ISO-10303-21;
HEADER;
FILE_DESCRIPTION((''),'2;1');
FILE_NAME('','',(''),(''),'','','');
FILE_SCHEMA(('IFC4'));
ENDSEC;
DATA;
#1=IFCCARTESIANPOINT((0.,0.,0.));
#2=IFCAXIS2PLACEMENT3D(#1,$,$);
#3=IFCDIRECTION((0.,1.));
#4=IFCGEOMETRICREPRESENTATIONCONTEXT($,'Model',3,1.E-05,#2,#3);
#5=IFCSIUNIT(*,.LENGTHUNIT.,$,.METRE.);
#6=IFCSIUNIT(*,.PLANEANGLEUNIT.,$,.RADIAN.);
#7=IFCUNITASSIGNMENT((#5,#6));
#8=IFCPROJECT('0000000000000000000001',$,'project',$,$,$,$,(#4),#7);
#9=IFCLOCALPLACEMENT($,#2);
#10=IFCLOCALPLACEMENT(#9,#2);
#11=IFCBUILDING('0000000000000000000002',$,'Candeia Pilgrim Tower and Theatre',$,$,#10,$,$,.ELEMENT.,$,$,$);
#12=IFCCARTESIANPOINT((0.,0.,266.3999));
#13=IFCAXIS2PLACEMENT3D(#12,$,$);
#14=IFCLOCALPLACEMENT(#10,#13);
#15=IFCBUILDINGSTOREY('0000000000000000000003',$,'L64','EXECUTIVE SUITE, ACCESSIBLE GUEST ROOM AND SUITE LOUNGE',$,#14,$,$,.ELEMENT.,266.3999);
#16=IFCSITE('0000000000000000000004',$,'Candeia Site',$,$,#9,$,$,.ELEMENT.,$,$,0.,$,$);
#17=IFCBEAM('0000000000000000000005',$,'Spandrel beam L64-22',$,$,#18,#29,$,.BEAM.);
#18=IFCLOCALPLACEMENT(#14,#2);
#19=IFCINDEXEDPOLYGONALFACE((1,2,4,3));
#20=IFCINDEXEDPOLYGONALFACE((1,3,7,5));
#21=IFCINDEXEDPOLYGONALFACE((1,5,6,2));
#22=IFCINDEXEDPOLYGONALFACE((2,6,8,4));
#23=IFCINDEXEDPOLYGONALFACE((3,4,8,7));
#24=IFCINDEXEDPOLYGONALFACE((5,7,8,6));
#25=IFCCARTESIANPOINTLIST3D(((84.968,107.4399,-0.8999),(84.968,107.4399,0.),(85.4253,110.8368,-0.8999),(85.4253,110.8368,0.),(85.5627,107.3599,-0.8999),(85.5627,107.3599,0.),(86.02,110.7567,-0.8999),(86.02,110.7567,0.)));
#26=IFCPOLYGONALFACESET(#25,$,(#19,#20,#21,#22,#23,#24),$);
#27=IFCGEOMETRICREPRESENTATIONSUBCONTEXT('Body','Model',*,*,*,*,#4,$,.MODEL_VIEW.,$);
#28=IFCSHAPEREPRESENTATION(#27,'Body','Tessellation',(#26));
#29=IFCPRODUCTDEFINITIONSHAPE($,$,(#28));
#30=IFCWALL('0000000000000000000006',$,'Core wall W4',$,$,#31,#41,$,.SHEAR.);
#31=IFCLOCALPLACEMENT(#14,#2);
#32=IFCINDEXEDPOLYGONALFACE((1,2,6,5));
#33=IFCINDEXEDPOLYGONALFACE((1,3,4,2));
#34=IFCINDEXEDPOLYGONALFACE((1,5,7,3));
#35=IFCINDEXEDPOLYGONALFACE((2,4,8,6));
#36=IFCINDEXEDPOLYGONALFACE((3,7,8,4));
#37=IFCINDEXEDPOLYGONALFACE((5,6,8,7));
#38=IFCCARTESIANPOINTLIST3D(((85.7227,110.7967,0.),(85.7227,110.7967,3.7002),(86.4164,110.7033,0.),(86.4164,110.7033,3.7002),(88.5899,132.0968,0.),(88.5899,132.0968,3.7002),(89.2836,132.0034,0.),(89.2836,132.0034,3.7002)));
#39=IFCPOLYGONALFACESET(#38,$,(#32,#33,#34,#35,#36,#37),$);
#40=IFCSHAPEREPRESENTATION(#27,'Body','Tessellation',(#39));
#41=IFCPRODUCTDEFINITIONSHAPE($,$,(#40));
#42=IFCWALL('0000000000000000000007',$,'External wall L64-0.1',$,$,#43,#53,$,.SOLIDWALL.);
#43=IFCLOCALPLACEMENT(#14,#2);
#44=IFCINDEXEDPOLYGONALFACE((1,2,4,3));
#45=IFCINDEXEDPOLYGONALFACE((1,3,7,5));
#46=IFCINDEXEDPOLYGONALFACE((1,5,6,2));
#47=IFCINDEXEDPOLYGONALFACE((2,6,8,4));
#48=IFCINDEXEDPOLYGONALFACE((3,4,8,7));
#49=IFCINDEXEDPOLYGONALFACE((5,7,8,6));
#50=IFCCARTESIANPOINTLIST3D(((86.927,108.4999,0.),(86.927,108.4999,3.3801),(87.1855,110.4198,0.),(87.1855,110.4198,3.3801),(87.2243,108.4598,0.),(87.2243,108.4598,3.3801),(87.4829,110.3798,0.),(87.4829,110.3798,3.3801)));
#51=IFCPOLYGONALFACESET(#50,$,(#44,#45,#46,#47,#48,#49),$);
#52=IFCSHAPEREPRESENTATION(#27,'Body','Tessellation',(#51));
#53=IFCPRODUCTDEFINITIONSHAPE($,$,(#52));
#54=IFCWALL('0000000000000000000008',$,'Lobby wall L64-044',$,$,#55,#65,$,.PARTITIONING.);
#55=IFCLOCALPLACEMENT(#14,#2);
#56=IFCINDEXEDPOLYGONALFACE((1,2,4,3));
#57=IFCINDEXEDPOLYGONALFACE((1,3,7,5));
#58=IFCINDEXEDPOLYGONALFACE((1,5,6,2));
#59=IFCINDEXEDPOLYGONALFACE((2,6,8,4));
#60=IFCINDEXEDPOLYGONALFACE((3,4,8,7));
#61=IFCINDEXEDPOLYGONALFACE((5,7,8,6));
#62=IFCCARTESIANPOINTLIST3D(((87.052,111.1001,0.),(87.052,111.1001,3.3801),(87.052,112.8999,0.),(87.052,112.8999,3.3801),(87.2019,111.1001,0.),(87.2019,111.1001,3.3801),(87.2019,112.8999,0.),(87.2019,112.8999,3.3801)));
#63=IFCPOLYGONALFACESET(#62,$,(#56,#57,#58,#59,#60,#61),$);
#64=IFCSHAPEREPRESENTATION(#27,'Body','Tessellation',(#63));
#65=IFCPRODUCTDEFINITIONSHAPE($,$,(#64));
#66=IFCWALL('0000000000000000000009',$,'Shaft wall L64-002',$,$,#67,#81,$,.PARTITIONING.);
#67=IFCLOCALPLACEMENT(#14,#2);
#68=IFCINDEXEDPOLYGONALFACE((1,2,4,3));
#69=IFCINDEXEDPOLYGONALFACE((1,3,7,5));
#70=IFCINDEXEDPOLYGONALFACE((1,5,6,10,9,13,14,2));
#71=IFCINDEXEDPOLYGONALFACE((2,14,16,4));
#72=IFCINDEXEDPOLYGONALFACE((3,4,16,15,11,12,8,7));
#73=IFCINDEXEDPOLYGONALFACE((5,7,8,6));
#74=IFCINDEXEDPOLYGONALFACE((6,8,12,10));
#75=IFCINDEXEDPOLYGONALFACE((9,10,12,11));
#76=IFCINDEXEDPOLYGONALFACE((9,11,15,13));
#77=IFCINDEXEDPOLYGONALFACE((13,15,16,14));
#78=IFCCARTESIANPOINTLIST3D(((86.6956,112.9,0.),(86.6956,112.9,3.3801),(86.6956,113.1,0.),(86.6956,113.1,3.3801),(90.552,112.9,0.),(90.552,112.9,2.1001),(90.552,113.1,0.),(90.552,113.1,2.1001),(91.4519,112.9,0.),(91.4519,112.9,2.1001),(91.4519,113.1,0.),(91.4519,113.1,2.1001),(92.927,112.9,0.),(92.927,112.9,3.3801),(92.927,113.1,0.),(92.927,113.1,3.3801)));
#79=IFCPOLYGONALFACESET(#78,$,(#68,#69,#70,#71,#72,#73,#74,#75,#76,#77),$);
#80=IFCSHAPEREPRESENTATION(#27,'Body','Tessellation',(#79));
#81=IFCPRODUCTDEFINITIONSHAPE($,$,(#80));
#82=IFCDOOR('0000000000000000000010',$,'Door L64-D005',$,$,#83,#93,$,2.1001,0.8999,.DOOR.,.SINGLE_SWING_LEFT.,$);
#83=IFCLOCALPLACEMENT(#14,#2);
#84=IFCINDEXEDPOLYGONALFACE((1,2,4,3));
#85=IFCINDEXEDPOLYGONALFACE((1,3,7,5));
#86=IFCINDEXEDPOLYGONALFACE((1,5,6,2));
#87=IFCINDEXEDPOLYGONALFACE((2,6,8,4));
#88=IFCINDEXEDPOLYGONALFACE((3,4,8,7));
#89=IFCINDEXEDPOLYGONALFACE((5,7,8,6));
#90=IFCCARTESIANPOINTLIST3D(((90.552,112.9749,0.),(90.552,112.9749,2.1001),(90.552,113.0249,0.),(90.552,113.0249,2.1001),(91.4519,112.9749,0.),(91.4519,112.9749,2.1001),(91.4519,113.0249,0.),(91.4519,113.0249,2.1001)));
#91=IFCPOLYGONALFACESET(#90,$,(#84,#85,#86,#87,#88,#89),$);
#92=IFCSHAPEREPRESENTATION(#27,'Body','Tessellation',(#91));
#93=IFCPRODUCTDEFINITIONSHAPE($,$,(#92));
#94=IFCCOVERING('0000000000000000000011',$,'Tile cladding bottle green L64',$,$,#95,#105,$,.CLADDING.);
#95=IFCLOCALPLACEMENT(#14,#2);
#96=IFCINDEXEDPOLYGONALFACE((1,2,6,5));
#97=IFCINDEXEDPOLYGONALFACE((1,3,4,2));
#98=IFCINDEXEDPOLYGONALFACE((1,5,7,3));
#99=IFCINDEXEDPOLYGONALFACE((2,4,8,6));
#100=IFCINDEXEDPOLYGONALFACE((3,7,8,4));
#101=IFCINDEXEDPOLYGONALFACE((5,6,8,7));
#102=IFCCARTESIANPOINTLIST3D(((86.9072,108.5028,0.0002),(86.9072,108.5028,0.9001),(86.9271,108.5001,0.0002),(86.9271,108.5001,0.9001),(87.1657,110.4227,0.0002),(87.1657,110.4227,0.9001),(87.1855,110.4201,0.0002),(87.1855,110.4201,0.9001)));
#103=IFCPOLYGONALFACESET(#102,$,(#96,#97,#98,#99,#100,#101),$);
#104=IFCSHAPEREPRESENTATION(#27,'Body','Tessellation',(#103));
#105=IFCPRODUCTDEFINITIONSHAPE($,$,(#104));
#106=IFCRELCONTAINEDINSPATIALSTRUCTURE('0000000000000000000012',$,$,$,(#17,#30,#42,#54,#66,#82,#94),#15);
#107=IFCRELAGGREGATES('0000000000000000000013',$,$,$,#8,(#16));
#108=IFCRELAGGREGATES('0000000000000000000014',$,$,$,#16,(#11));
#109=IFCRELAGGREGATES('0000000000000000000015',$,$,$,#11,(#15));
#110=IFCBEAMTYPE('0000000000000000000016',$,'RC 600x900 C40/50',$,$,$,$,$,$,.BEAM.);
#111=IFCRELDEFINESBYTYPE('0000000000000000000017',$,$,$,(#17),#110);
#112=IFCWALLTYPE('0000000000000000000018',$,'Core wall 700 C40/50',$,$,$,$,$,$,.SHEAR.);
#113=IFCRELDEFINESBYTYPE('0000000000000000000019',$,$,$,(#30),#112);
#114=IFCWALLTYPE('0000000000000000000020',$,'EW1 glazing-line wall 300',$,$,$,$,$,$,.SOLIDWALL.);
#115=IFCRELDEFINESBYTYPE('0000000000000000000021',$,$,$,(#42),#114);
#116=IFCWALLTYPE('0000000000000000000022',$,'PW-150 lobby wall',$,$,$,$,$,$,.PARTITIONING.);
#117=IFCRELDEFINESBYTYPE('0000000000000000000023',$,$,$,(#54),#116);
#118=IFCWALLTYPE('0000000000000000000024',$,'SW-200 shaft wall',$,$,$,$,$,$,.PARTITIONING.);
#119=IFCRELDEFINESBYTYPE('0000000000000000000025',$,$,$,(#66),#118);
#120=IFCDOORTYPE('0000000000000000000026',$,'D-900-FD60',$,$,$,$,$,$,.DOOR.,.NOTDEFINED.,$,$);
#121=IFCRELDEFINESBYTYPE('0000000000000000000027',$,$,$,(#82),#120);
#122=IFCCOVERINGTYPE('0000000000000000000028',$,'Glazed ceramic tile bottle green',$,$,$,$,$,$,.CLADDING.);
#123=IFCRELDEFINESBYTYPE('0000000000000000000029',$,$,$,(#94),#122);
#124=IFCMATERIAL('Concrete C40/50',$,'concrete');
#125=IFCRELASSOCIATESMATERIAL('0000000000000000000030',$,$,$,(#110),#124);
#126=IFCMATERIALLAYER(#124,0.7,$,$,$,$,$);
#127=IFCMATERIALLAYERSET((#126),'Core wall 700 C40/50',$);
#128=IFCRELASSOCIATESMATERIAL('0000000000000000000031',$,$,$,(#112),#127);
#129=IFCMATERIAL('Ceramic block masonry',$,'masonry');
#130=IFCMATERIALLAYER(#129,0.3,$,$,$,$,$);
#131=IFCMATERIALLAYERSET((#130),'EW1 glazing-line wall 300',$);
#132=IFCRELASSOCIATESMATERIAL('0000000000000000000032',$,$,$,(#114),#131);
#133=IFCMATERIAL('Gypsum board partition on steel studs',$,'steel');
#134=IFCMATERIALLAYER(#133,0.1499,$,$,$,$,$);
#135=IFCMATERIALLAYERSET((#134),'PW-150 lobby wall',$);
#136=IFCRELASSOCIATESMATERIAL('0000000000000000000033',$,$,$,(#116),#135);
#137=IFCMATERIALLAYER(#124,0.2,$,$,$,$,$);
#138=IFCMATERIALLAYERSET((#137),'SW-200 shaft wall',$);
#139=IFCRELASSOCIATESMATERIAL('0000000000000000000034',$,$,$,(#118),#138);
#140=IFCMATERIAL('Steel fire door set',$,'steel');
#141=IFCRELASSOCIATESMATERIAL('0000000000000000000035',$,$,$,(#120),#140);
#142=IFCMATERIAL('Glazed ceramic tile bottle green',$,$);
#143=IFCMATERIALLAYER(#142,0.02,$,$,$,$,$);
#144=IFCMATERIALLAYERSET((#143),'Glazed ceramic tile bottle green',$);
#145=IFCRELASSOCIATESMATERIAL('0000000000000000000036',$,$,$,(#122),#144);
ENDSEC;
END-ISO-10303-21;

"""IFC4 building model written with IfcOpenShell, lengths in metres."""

from ifc_helpers import new_model, si_unit, direction, frame, frame_2d, origin, origin_2d, place, context, subcontext, project, spatial, rectangle, extrude, material, layer, layer_set, material_profile, profile_set, type_object, element, fill, save


model = new_model("IFC4")

# Units and contexts
model_context = context("Model", 3, precision=1e-05, world=origin(), true_north=direction((0.0, 1.0)))
body_context = subcontext(model_context, "Body", "Model", "MODEL_VIEW")
ifc_project = project(units=[si_unit("LENGTHUNIT", "METRE"), si_unit("PLANEANGLEUNIT", "RADIAN")], contexts=[model_context])

# Site, building, storey
site_placement = place(None, origin())
site = spatial("IfcSite", under=ifc_project, at=site_placement, Name="Candeia Site", CompositionType="ELEMENT", RefElevation=0.0)
building_placement = place(site_placement, origin())
building = spatial("IfcBuilding", under=site, at=building_placement, Name="Candeia Pilgrim Tower and Theatre", CompositionType="ELEMENT")
storey_placement = place(building_placement, frame((0.0, 0.0, 266.3999)))
storey = spatial("IfcBuildingStorey", under=building, at=storey_placement, Name="L64", Description="EXECUTIVE SUITE, ACCESSIBLE GUEST ROOM AND SUITE LOUNGE", CompositionType="ELEMENT", Elevation=266.3999)

# Beam
ifc_material_1 = material(Name="Concrete C40/50", Category="concrete")
ifc_material_profile = material_profile(ifc_material_1, rectangle(XDim=0.6001, YDim=0.8999, at=origin_2d()))
ifc_profile_set = profile_set([ifc_material_profile], Name="Concrete C40/50")
beam_type = type_object("IfcBeamType", Name="RC 600x900 C40/50", PredefinedType="BEAM", material=ifc_profile_set)
beam_placement = place(storey_placement, frame((85.2654, 107.3999, -0.45), z_axis=(0.133419, 0.99106, 0.0), x_axis=(-0.99106, 0.133419, 0.0)))
element("IfcBeam", 1, at=beam_placement, inside=storey, type_object=beam_type, Name="Spandrel beam L64-22", PredefinedType="BEAM", context=body_context, shape_type="SweptSolid", body=[
    extrude(rectangle(XDim=0.6001, YDim=0.8999, at=origin_2d()), origin(), (0.0, 0.0, 1.0), 3.4275),
])

# Walls
ifc_layer_1 = layer(ifc_material_1, 0.7)
ifc_layer_set_1 = layer_set([ifc_layer_1], Name="Core wall 700 C40/50")
wall_type_1 = type_object("IfcWallType", Name="Core wall 700 C40/50", PredefinedType="SHEAR", material=ifc_layer_set_1)
wall_1_placement = place(storey_placement, frame((86.0696, 110.75, 0.0), z_axis=(0.0, 0.0, 1.0), x_axis=(0.133406, 0.991061, 0.0)))
element("IfcWall", 2, at=wall_1_placement, inside=storey, type_object=wall_type_1, Name="Core wall W4", PredefinedType="SHEAR", context=body_context, shape_type="SweptSolid", body=[
    extrude(rectangle(XDim=21.4922, YDim=0.7, at=frame_2d((10.7461, 0.0))), origin(), (0.0, 0.0, 1.0), 3.7002),
])
ifc_material_2 = material(Name="Ceramic block masonry", Category="masonry")
ifc_layer_2 = layer(ifc_material_2, 0.3)
ifc_layer_set_2 = layer_set([ifc_layer_2], Name="EW1 glazing-line wall 300")
wall_type_2 = type_object("IfcWallType", Name="EW1 glazing-line wall 300", PredefinedType="SOLIDWALL", material=ifc_layer_set_2)
wall_2_placement = place(storey_placement, frame((87.3342, 110.3999, 0.0), z_axis=(0.0, 0.0, 1.0), x_axis=(-0.13346, -0.991054, 0.0)))
element("IfcWall", 3, at=wall_2_placement, inside=storey, type_object=wall_type_2, Name="External wall L64-0.1", PredefinedType="SOLIDWALL", context=body_context, shape_type="SweptSolid", body=[
    extrude(rectangle(XDim=1.9373, YDim=0.3, at=frame_2d((0.9688, 0.0))), origin(), (0.0, 0.0, 1.0), 3.3801),
])

# Wall
ifc_material_3 = material(Name="Gypsum board partition on steel studs", Category="steel")
ifc_layer_3 = layer(ifc_material_3, 0.1499)
ifc_layer_set_3 = layer_set([ifc_layer_3], Name="PW-150 lobby wall")
wall_type_3 = type_object("IfcWallType", Name="PW-150 lobby wall", PredefinedType="PARTITIONING", material=ifc_layer_set_3)
wall_3_placement = place(storey_placement, frame((87.127, 111.1001, 0.0), z_axis=(0.0, 0.0, 1.0), x_axis=(0.0, 1.0, 0.0)))
element("IfcWall", 4, at=wall_3_placement, inside=storey, type_object=wall_type_3, Name="Lobby wall L64-044", PredefinedType="PARTITIONING", context=body_context, shape_type="SweptSolid", body=[
    extrude(rectangle(XDim=1.7998, YDim=0.1499, at=frame_2d((0.8999, 0.0))), origin(), (0.0, 0.0, 1.0), 3.3801),
])

# Wall, opening, door
ifc_layer_4 = layer(ifc_material_1, 0.2)
ifc_layer_set_4 = layer_set([ifc_layer_4], Name="SW-200 shaft wall")
wall_type_4 = type_object("IfcWallType", Name="SW-200 shaft wall", PredefinedType="PARTITIONING", material=ifc_layer_set_4)
wall_4_placement = place(storey_placement, frame((86.6956, 113.0, 0.0), z_axis=(0.0, 0.0, 1.0), x_axis=(1.0, 0.0, 0.0)))
wall_4 = element("IfcWall", 5, at=wall_4_placement, inside=storey, type_object=wall_type_4, Name="Shaft wall L64-002", PredefinedType="PARTITIONING", context=body_context, shape_type="SweptSolid", body=[
    extrude(rectangle(XDim=6.2314, YDim=0.2, at=frame_2d((3.1157, 0.0))), origin(), (0.0, 0.0, 1.0), 3.3801),
])
opening_1_placement = place(wall_4_placement, frame((3.8564, 0.0, 0.0)))
opening_1 = element("IfcOpeningElement", 6, at=opening_1_placement, cuts=wall_4, PredefinedType="OPENING", context=body_context, shape_type="SweptSolid", body=[
    extrude(rectangle(XDim=0.8999, YDim=2.1001, at=frame_2d((0.45, 1.05))), frame((0.0, 0.1099, 0.0), z_axis=(0.0, -1.0, 0.0), x_axis=(1.0, 0.0, 0.0)), (0.0, 0.0, 1.0), 0.22),
])
ifc_material_4 = material(Name="Steel fire door set", Category="steel")
door_type_1 = type_object("IfcDoorType", Name="D-900-FD60", OperationType="NOTDEFINED", PredefinedType="DOOR", material=ifc_material_4)
door_1_placement = place(opening_1_placement, origin())
door_1 = element("IfcDoor", 7, at=door_1_placement, inside=storey, type_object=door_type_1, Name="Door L64-D005", OperationType="SINGLE_SWING_LEFT", OverallHeight=2.1001, OverallWidth=0.8999, PredefinedType="DOOR", context=body_context, shape_type="SweptSolid", body=[
    extrude(rectangle(XDim=0.8999, YDim=2.1001, at=frame_2d((0.45, 1.05))), frame((0.0, 0.0249, 0.0), z_axis=(0.0, -1.0, 0.0), x_axis=(1.0, 0.0, 0.0)), (0.0, 0.0, 1.0), 0.05),
])
fill(opening_1, door_1)

# Covering
ifc_material_5 = material(Name="Glazed ceramic tile bottle green")
ifc_layer_5 = layer(ifc_material_5, 0.02)
ifc_layer_set_5 = layer_set([ifc_layer_5], Name="Glazed ceramic tile bottle green")
covering_type = type_object("IfcCoveringType", Name="Glazed ceramic tile bottle green", PredefinedType="CLADDING", material=ifc_layer_set_5)
covering_placement = place(storey_placement, frame((87.0464, 109.4614, 0.0002), z_axis=(0.0, 0.0, 1.0), x_axis=(-0.133412, -0.991061, 0.0)))
element("IfcCovering", 8, at=covering_placement, inside=storey, type_object=covering_type, Name="Tile cladding bottle green L64", PredefinedType="CLADDING", context=body_context, shape_type="SweptSolid", body=[
    extrude(rectangle(XDim=1.9373, YDim=0.02, at=origin_2d()), origin(), (0.0, 0.0, 1.0), 0.8999),
])

save(model, "model.ifc")
